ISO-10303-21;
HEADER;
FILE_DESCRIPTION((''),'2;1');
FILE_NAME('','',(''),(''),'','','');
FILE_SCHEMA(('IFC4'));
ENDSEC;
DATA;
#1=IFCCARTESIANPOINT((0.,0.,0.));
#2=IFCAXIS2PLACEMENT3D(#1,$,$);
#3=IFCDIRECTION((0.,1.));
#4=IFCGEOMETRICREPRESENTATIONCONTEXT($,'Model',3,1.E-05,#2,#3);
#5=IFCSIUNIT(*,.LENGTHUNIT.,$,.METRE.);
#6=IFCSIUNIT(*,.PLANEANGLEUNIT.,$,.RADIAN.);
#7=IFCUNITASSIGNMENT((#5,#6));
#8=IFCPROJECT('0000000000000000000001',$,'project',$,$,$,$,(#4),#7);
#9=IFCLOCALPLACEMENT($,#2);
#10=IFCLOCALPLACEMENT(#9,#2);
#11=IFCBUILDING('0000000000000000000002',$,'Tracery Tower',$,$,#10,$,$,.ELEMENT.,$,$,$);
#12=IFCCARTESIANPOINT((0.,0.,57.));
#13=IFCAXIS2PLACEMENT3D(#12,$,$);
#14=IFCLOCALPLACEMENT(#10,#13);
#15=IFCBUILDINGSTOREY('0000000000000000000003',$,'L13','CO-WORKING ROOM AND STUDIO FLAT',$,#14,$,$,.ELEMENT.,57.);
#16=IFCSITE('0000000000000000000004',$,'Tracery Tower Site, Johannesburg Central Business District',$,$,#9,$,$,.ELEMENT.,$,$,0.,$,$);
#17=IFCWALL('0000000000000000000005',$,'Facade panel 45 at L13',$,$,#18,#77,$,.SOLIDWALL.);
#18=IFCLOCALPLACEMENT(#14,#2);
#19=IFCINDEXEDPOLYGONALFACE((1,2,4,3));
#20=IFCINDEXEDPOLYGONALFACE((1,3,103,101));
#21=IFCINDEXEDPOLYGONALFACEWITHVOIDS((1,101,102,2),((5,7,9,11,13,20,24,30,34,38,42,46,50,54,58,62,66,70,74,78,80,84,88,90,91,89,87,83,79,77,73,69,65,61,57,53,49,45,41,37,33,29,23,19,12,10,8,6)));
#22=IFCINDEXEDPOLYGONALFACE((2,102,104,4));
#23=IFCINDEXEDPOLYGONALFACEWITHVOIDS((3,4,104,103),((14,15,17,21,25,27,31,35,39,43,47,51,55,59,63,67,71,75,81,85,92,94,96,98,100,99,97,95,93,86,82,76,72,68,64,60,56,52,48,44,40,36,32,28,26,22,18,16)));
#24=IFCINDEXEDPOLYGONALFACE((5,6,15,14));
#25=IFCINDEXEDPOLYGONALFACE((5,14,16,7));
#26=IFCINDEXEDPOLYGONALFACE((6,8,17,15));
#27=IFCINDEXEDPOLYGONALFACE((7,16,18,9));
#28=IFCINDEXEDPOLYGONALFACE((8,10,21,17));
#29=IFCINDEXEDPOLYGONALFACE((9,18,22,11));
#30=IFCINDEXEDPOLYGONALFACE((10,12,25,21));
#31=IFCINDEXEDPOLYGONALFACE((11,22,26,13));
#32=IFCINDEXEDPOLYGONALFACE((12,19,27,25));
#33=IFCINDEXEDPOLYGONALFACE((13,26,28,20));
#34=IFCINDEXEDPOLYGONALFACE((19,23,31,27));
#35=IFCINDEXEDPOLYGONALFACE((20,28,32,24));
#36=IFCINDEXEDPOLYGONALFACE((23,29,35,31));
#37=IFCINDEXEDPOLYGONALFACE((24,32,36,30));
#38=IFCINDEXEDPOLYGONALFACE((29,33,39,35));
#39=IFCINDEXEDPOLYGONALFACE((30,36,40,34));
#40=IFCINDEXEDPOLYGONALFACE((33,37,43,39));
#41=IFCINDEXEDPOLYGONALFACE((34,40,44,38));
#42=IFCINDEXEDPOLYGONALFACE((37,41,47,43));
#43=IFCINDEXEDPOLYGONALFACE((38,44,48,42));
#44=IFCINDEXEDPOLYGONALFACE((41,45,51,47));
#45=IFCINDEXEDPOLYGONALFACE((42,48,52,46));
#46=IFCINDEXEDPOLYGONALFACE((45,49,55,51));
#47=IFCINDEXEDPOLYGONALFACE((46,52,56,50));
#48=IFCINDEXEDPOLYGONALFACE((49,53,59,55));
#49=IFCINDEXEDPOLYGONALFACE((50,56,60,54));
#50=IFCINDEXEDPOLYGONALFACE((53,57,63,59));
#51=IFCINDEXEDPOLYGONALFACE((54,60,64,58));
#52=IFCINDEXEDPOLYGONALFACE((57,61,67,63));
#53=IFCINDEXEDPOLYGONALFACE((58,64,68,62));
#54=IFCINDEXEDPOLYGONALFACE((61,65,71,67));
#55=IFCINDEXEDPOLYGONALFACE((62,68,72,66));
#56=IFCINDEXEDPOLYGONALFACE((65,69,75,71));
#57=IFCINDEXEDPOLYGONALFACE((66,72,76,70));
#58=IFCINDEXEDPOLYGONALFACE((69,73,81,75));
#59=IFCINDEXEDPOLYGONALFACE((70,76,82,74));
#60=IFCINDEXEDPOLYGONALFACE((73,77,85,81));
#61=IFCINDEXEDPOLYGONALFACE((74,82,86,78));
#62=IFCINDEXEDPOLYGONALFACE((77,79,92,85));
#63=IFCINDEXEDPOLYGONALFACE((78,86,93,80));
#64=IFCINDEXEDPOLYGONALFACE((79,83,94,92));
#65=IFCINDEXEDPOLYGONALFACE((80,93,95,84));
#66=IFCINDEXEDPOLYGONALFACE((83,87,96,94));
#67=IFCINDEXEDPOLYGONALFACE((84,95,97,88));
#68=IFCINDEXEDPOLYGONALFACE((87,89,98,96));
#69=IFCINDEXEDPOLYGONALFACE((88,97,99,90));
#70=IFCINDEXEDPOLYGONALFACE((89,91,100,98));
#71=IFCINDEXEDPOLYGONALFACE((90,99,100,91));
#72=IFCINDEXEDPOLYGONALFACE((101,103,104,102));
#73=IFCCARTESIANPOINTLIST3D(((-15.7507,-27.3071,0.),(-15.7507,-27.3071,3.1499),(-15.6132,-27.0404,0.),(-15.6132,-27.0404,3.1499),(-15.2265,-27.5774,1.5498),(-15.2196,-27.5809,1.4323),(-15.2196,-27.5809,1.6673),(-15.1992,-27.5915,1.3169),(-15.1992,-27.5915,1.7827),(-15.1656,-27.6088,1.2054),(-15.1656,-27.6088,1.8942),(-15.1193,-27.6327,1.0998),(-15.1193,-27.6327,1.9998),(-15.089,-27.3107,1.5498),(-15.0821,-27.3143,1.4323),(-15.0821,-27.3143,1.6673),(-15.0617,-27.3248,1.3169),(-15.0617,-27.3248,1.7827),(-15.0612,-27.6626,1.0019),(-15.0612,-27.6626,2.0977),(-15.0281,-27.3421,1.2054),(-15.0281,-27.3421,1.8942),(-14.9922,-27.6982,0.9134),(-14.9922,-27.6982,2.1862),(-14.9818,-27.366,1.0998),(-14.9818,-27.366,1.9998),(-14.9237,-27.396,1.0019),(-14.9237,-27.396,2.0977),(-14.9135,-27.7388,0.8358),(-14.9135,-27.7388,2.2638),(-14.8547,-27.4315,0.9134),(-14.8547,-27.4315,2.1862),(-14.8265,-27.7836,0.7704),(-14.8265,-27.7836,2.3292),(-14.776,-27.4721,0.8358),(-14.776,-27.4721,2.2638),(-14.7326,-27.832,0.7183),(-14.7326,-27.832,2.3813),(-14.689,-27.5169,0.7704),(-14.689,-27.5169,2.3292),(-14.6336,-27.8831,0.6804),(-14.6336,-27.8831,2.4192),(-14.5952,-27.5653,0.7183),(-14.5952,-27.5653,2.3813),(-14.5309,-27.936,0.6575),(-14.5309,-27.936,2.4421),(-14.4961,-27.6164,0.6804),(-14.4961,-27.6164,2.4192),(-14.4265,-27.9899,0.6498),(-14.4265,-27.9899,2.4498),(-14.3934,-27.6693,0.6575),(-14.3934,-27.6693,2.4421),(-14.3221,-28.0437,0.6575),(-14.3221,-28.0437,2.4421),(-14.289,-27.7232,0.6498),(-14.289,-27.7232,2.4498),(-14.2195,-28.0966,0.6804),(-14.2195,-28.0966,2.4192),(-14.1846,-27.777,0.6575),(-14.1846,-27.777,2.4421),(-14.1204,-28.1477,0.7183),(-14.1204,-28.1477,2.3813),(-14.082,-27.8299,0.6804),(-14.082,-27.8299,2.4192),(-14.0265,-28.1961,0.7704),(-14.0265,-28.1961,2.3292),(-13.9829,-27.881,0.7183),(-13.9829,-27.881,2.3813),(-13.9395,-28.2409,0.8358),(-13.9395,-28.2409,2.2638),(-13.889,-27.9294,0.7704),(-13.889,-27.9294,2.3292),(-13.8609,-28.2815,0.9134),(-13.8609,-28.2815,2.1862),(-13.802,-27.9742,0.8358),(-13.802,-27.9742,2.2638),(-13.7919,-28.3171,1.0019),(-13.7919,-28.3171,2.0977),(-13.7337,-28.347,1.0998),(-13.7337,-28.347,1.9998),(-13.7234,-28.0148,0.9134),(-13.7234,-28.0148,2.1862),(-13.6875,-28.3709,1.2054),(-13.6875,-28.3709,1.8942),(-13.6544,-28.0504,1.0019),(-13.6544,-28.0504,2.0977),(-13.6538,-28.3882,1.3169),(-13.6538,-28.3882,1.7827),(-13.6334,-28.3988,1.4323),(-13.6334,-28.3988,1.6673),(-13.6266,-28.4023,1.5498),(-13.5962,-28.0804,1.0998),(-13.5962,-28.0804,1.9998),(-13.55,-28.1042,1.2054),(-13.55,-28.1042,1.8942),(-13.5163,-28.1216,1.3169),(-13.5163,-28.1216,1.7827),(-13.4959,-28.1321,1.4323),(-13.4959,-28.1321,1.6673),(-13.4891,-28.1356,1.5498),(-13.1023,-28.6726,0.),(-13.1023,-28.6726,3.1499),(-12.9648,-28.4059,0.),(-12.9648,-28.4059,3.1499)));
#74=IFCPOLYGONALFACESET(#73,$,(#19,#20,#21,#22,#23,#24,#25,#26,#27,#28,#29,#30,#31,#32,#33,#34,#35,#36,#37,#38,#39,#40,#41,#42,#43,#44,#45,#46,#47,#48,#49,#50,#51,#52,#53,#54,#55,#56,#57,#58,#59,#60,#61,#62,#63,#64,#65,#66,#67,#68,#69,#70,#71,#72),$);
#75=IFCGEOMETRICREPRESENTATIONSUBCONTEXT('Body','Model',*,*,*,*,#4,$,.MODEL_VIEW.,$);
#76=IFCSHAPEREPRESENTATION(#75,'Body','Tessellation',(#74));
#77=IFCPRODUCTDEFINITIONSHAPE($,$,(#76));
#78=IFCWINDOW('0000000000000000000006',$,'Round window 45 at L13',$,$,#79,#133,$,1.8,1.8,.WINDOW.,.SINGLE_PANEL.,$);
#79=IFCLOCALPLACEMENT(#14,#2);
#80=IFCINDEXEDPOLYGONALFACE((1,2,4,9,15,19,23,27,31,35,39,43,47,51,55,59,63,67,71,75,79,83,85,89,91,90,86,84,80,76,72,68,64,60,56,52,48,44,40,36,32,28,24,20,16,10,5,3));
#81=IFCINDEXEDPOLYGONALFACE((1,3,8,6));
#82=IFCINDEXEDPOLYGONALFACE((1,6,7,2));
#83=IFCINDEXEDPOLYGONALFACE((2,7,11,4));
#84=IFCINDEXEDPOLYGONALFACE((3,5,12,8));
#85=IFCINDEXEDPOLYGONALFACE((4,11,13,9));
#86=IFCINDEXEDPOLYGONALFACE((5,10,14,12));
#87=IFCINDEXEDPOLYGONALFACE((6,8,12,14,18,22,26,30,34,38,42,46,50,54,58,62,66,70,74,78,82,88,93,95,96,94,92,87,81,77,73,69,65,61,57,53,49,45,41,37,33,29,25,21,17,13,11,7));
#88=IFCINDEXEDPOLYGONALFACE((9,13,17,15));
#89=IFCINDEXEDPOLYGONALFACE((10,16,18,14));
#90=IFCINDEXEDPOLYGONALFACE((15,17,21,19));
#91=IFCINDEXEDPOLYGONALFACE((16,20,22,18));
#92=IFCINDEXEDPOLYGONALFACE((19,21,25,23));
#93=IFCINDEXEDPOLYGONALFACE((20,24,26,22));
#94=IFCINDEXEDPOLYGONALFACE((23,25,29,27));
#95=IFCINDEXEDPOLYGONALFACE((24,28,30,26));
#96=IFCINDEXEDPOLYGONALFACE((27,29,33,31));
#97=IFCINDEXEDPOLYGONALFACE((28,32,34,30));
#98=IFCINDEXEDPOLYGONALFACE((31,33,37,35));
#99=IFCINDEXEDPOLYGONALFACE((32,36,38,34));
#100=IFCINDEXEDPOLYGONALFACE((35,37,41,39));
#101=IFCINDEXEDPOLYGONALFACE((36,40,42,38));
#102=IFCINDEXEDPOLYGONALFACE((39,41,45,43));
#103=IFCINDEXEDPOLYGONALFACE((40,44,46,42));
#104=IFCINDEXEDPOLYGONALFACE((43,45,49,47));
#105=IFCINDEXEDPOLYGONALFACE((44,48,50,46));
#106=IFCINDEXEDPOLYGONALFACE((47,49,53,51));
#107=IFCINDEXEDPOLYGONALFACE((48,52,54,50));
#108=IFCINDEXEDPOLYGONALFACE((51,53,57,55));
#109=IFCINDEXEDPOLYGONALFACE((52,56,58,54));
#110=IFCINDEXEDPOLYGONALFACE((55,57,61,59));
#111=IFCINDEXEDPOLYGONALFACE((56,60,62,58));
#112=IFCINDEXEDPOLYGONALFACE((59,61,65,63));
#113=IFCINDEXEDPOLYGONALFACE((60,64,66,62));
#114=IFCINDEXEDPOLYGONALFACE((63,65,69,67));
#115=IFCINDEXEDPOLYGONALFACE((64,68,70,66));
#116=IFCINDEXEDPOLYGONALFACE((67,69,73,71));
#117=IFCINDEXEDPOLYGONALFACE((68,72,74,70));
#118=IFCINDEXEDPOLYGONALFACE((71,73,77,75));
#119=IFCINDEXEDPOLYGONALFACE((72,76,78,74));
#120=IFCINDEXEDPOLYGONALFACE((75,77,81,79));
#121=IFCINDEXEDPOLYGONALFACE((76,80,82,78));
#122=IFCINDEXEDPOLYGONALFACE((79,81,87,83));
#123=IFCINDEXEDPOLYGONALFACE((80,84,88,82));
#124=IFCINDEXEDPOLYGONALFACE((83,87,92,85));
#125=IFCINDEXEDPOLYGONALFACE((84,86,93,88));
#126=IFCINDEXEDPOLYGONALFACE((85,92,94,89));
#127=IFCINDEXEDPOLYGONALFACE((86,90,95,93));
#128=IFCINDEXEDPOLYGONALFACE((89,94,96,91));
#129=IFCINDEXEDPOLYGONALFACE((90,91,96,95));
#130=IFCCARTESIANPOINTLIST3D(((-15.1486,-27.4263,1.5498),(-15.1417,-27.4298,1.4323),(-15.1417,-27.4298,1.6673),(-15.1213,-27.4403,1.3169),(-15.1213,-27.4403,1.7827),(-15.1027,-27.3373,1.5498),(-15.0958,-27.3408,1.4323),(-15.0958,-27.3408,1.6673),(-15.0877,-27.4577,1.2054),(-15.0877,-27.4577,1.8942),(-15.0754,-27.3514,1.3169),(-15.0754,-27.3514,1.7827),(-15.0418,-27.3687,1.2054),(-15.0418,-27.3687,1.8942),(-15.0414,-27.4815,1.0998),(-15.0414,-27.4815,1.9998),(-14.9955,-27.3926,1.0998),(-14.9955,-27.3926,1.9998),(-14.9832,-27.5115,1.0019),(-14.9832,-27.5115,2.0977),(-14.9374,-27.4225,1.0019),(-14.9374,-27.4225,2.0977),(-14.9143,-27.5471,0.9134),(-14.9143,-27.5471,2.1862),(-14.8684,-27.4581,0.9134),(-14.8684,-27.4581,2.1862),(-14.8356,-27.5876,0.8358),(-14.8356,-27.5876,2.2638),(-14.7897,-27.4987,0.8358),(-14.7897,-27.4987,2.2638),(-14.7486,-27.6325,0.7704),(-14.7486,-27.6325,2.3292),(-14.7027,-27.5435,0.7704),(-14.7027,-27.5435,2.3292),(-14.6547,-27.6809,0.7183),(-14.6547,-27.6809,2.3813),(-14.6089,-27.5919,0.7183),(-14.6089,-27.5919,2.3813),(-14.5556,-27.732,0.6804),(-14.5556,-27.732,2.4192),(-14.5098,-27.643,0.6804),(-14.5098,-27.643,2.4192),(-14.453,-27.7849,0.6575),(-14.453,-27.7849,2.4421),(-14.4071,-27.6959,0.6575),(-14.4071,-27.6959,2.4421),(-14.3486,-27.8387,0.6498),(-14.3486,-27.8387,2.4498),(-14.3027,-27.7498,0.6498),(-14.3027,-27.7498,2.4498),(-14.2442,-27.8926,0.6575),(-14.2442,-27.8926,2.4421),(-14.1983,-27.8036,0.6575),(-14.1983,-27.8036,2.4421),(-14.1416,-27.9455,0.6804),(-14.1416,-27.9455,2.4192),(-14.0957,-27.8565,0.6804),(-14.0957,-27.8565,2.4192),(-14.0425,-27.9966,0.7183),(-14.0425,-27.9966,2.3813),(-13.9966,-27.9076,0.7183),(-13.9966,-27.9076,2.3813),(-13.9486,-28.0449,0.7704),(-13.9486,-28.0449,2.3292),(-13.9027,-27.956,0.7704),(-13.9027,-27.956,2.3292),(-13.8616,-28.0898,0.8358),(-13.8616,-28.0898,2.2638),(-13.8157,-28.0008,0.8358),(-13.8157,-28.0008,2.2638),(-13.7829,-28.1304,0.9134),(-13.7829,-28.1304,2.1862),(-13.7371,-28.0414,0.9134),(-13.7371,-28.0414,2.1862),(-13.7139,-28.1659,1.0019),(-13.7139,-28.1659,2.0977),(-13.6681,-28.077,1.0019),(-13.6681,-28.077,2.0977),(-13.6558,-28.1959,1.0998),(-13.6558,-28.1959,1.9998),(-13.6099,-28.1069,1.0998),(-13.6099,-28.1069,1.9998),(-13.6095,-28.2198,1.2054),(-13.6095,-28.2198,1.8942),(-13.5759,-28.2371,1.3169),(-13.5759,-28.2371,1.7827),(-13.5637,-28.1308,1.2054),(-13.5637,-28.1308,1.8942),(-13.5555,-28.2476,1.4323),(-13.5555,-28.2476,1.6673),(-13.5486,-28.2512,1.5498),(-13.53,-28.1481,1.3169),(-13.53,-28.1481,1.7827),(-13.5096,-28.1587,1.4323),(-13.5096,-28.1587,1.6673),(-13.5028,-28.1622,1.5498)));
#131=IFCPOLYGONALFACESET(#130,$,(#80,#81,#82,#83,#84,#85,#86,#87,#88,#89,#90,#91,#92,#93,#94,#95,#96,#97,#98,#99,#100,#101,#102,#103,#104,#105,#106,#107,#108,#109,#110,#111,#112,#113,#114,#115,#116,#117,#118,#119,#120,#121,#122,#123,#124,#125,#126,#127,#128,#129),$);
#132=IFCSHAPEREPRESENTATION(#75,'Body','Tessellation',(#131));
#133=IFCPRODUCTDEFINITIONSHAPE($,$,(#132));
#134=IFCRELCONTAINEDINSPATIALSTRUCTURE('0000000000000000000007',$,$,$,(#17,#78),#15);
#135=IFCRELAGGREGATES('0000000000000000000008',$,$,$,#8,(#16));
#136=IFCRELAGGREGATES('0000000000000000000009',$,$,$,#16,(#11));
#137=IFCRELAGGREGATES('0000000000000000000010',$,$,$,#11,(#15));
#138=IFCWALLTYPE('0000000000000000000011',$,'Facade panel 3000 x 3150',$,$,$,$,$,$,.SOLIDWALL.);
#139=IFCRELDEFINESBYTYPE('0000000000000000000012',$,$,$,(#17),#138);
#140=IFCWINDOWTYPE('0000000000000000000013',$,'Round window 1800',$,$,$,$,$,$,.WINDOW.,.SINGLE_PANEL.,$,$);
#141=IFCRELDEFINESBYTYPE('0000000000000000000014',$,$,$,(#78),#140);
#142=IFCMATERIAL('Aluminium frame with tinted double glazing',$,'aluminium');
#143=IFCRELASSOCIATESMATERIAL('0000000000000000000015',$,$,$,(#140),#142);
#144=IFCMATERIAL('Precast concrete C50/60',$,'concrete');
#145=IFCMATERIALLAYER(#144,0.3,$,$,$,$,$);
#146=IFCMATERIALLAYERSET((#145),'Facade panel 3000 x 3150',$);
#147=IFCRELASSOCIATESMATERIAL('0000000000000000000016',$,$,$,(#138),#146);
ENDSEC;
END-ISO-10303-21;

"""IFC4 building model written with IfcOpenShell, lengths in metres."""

from ifc_helpers import new_model, si_unit, direction, frame, frame_2d, origin, origin_2d, place, context, subcontext, project, spatial, rectangle, circle, extrude, material, layer, layer_set, type_object, element, fill, save


model = new_model("IFC4")

# Units and contexts
model_context = context("Model", 3, precision=1e-05, world=origin(), true_north=direction((0.0, 1.0)))
body_context = subcontext(model_context, "Body", "Model", "MODEL_VIEW")
ifc_project = project(units=[si_unit("LENGTHUNIT", "METRE"), si_unit("PLANEANGLEUNIT", "RADIAN")], contexts=[model_context])

# Site, building, storey
site_placement = place(None, origin())
site = spatial("IfcSite", under=ifc_project, at=site_placement, Name="Tracery Tower Site, Johannesburg Central Business District", CompositionType="ELEMENT", RefElevation=0.0)
building_placement = place(site_placement, origin())
building = spatial("IfcBuilding", under=site, at=building_placement, Name="Tracery Tower", CompositionType="ELEMENT")
storey_placement = place(building_placement, frame((0.0, 0.0, 57.0)))
storey = spatial("IfcBuildingStorey", under=building, at=storey_placement, Name="L13", Description="CO-WORKING ROOM AND STUDIO FLAT", CompositionType="ELEMENT", Elevation=57.0)

# Wall, opening, window
ifc_material_1 = material(Name="Aluminium frame with tinted double glazing", Category="aluminium")
window_type = type_object("IfcWindowType", Name="Round window 1800", PartitioningType="SINGLE_PANEL", PredefinedType="WINDOW", material=ifc_material_1)
ifc_material_2 = material(Name="Precast concrete C50/60", Category="concrete")
ifc_layer_1 = layer(ifc_material_2, 0.3)
ifc_layer_set_1 = layer_set([ifc_layer_1], Name="Facade panel 3000 x 3150")
wall_type_1 = type_object("IfcWallType", Name="Facade panel 3000 x 3150", PredefinedType="SOLIDWALL", material=ifc_layer_set_1)
wall_1_placement = place(storey_placement, frame((-15.6819, -27.1738, 0.0), z_axis=(0.0, 0.0, 1.0), x_axis=(0.88882, -0.458257, 0.0)))
wall_1 = element("IfcWall", 1, at=wall_1_placement, inside=storey, type_object=wall_type_1, Name="Facade panel 45 at L13", PredefinedType="SOLIDWALL", context=body_context, shape_type="SweptSolid", body=[
    extrude(rectangle(XDim=2.9797, YDim=0.3, at=frame_2d((1.4897, 0.0))), origin(), (0.0, 0.0, 1.0), 3.1499),
])
opening_1_placement = place(wall_1_placement, frame((1.4897, 0.0, 1.5498)))
opening_1 = element("IfcOpeningElement", 2, at=opening_1_placement, cuts=wall_1, PredefinedType="OPENING", context=body_context, shape_type="SweptSolid", body=[
    extrude(circle(Radius=0.9, at=origin_2d()), frame((0.0, 0.1599, 0.0), z_axis=(0.0, -1.0, 0.0), x_axis=(1.0, 0.0, 0.0)), (0.0, 0.0, 1.0), 0.3201),
])
window_1_placement = place(opening_1_placement, origin())
window_1 = element("IfcWindow", 3, at=window_1_placement, inside=storey, type_object=window_type, Name="Round window 45 at L13", OverallHeight=1.8, OverallWidth=1.8, PartitioningType="SINGLE_PANEL", PredefinedType="WINDOW", context=body_context, shape_type="SweptSolid", body=[
    extrude(circle(Radius=0.9, at=origin_2d()), frame((0.0, 0.1201, 0.0), z_axis=(0.0, -1.0, 0.0), x_axis=(1.0, 0.0, 0.0)), (0.0, 0.0, 1.0), 0.1001),
])
fill(opening_1, window_1)

save(model, "model.ifc")
